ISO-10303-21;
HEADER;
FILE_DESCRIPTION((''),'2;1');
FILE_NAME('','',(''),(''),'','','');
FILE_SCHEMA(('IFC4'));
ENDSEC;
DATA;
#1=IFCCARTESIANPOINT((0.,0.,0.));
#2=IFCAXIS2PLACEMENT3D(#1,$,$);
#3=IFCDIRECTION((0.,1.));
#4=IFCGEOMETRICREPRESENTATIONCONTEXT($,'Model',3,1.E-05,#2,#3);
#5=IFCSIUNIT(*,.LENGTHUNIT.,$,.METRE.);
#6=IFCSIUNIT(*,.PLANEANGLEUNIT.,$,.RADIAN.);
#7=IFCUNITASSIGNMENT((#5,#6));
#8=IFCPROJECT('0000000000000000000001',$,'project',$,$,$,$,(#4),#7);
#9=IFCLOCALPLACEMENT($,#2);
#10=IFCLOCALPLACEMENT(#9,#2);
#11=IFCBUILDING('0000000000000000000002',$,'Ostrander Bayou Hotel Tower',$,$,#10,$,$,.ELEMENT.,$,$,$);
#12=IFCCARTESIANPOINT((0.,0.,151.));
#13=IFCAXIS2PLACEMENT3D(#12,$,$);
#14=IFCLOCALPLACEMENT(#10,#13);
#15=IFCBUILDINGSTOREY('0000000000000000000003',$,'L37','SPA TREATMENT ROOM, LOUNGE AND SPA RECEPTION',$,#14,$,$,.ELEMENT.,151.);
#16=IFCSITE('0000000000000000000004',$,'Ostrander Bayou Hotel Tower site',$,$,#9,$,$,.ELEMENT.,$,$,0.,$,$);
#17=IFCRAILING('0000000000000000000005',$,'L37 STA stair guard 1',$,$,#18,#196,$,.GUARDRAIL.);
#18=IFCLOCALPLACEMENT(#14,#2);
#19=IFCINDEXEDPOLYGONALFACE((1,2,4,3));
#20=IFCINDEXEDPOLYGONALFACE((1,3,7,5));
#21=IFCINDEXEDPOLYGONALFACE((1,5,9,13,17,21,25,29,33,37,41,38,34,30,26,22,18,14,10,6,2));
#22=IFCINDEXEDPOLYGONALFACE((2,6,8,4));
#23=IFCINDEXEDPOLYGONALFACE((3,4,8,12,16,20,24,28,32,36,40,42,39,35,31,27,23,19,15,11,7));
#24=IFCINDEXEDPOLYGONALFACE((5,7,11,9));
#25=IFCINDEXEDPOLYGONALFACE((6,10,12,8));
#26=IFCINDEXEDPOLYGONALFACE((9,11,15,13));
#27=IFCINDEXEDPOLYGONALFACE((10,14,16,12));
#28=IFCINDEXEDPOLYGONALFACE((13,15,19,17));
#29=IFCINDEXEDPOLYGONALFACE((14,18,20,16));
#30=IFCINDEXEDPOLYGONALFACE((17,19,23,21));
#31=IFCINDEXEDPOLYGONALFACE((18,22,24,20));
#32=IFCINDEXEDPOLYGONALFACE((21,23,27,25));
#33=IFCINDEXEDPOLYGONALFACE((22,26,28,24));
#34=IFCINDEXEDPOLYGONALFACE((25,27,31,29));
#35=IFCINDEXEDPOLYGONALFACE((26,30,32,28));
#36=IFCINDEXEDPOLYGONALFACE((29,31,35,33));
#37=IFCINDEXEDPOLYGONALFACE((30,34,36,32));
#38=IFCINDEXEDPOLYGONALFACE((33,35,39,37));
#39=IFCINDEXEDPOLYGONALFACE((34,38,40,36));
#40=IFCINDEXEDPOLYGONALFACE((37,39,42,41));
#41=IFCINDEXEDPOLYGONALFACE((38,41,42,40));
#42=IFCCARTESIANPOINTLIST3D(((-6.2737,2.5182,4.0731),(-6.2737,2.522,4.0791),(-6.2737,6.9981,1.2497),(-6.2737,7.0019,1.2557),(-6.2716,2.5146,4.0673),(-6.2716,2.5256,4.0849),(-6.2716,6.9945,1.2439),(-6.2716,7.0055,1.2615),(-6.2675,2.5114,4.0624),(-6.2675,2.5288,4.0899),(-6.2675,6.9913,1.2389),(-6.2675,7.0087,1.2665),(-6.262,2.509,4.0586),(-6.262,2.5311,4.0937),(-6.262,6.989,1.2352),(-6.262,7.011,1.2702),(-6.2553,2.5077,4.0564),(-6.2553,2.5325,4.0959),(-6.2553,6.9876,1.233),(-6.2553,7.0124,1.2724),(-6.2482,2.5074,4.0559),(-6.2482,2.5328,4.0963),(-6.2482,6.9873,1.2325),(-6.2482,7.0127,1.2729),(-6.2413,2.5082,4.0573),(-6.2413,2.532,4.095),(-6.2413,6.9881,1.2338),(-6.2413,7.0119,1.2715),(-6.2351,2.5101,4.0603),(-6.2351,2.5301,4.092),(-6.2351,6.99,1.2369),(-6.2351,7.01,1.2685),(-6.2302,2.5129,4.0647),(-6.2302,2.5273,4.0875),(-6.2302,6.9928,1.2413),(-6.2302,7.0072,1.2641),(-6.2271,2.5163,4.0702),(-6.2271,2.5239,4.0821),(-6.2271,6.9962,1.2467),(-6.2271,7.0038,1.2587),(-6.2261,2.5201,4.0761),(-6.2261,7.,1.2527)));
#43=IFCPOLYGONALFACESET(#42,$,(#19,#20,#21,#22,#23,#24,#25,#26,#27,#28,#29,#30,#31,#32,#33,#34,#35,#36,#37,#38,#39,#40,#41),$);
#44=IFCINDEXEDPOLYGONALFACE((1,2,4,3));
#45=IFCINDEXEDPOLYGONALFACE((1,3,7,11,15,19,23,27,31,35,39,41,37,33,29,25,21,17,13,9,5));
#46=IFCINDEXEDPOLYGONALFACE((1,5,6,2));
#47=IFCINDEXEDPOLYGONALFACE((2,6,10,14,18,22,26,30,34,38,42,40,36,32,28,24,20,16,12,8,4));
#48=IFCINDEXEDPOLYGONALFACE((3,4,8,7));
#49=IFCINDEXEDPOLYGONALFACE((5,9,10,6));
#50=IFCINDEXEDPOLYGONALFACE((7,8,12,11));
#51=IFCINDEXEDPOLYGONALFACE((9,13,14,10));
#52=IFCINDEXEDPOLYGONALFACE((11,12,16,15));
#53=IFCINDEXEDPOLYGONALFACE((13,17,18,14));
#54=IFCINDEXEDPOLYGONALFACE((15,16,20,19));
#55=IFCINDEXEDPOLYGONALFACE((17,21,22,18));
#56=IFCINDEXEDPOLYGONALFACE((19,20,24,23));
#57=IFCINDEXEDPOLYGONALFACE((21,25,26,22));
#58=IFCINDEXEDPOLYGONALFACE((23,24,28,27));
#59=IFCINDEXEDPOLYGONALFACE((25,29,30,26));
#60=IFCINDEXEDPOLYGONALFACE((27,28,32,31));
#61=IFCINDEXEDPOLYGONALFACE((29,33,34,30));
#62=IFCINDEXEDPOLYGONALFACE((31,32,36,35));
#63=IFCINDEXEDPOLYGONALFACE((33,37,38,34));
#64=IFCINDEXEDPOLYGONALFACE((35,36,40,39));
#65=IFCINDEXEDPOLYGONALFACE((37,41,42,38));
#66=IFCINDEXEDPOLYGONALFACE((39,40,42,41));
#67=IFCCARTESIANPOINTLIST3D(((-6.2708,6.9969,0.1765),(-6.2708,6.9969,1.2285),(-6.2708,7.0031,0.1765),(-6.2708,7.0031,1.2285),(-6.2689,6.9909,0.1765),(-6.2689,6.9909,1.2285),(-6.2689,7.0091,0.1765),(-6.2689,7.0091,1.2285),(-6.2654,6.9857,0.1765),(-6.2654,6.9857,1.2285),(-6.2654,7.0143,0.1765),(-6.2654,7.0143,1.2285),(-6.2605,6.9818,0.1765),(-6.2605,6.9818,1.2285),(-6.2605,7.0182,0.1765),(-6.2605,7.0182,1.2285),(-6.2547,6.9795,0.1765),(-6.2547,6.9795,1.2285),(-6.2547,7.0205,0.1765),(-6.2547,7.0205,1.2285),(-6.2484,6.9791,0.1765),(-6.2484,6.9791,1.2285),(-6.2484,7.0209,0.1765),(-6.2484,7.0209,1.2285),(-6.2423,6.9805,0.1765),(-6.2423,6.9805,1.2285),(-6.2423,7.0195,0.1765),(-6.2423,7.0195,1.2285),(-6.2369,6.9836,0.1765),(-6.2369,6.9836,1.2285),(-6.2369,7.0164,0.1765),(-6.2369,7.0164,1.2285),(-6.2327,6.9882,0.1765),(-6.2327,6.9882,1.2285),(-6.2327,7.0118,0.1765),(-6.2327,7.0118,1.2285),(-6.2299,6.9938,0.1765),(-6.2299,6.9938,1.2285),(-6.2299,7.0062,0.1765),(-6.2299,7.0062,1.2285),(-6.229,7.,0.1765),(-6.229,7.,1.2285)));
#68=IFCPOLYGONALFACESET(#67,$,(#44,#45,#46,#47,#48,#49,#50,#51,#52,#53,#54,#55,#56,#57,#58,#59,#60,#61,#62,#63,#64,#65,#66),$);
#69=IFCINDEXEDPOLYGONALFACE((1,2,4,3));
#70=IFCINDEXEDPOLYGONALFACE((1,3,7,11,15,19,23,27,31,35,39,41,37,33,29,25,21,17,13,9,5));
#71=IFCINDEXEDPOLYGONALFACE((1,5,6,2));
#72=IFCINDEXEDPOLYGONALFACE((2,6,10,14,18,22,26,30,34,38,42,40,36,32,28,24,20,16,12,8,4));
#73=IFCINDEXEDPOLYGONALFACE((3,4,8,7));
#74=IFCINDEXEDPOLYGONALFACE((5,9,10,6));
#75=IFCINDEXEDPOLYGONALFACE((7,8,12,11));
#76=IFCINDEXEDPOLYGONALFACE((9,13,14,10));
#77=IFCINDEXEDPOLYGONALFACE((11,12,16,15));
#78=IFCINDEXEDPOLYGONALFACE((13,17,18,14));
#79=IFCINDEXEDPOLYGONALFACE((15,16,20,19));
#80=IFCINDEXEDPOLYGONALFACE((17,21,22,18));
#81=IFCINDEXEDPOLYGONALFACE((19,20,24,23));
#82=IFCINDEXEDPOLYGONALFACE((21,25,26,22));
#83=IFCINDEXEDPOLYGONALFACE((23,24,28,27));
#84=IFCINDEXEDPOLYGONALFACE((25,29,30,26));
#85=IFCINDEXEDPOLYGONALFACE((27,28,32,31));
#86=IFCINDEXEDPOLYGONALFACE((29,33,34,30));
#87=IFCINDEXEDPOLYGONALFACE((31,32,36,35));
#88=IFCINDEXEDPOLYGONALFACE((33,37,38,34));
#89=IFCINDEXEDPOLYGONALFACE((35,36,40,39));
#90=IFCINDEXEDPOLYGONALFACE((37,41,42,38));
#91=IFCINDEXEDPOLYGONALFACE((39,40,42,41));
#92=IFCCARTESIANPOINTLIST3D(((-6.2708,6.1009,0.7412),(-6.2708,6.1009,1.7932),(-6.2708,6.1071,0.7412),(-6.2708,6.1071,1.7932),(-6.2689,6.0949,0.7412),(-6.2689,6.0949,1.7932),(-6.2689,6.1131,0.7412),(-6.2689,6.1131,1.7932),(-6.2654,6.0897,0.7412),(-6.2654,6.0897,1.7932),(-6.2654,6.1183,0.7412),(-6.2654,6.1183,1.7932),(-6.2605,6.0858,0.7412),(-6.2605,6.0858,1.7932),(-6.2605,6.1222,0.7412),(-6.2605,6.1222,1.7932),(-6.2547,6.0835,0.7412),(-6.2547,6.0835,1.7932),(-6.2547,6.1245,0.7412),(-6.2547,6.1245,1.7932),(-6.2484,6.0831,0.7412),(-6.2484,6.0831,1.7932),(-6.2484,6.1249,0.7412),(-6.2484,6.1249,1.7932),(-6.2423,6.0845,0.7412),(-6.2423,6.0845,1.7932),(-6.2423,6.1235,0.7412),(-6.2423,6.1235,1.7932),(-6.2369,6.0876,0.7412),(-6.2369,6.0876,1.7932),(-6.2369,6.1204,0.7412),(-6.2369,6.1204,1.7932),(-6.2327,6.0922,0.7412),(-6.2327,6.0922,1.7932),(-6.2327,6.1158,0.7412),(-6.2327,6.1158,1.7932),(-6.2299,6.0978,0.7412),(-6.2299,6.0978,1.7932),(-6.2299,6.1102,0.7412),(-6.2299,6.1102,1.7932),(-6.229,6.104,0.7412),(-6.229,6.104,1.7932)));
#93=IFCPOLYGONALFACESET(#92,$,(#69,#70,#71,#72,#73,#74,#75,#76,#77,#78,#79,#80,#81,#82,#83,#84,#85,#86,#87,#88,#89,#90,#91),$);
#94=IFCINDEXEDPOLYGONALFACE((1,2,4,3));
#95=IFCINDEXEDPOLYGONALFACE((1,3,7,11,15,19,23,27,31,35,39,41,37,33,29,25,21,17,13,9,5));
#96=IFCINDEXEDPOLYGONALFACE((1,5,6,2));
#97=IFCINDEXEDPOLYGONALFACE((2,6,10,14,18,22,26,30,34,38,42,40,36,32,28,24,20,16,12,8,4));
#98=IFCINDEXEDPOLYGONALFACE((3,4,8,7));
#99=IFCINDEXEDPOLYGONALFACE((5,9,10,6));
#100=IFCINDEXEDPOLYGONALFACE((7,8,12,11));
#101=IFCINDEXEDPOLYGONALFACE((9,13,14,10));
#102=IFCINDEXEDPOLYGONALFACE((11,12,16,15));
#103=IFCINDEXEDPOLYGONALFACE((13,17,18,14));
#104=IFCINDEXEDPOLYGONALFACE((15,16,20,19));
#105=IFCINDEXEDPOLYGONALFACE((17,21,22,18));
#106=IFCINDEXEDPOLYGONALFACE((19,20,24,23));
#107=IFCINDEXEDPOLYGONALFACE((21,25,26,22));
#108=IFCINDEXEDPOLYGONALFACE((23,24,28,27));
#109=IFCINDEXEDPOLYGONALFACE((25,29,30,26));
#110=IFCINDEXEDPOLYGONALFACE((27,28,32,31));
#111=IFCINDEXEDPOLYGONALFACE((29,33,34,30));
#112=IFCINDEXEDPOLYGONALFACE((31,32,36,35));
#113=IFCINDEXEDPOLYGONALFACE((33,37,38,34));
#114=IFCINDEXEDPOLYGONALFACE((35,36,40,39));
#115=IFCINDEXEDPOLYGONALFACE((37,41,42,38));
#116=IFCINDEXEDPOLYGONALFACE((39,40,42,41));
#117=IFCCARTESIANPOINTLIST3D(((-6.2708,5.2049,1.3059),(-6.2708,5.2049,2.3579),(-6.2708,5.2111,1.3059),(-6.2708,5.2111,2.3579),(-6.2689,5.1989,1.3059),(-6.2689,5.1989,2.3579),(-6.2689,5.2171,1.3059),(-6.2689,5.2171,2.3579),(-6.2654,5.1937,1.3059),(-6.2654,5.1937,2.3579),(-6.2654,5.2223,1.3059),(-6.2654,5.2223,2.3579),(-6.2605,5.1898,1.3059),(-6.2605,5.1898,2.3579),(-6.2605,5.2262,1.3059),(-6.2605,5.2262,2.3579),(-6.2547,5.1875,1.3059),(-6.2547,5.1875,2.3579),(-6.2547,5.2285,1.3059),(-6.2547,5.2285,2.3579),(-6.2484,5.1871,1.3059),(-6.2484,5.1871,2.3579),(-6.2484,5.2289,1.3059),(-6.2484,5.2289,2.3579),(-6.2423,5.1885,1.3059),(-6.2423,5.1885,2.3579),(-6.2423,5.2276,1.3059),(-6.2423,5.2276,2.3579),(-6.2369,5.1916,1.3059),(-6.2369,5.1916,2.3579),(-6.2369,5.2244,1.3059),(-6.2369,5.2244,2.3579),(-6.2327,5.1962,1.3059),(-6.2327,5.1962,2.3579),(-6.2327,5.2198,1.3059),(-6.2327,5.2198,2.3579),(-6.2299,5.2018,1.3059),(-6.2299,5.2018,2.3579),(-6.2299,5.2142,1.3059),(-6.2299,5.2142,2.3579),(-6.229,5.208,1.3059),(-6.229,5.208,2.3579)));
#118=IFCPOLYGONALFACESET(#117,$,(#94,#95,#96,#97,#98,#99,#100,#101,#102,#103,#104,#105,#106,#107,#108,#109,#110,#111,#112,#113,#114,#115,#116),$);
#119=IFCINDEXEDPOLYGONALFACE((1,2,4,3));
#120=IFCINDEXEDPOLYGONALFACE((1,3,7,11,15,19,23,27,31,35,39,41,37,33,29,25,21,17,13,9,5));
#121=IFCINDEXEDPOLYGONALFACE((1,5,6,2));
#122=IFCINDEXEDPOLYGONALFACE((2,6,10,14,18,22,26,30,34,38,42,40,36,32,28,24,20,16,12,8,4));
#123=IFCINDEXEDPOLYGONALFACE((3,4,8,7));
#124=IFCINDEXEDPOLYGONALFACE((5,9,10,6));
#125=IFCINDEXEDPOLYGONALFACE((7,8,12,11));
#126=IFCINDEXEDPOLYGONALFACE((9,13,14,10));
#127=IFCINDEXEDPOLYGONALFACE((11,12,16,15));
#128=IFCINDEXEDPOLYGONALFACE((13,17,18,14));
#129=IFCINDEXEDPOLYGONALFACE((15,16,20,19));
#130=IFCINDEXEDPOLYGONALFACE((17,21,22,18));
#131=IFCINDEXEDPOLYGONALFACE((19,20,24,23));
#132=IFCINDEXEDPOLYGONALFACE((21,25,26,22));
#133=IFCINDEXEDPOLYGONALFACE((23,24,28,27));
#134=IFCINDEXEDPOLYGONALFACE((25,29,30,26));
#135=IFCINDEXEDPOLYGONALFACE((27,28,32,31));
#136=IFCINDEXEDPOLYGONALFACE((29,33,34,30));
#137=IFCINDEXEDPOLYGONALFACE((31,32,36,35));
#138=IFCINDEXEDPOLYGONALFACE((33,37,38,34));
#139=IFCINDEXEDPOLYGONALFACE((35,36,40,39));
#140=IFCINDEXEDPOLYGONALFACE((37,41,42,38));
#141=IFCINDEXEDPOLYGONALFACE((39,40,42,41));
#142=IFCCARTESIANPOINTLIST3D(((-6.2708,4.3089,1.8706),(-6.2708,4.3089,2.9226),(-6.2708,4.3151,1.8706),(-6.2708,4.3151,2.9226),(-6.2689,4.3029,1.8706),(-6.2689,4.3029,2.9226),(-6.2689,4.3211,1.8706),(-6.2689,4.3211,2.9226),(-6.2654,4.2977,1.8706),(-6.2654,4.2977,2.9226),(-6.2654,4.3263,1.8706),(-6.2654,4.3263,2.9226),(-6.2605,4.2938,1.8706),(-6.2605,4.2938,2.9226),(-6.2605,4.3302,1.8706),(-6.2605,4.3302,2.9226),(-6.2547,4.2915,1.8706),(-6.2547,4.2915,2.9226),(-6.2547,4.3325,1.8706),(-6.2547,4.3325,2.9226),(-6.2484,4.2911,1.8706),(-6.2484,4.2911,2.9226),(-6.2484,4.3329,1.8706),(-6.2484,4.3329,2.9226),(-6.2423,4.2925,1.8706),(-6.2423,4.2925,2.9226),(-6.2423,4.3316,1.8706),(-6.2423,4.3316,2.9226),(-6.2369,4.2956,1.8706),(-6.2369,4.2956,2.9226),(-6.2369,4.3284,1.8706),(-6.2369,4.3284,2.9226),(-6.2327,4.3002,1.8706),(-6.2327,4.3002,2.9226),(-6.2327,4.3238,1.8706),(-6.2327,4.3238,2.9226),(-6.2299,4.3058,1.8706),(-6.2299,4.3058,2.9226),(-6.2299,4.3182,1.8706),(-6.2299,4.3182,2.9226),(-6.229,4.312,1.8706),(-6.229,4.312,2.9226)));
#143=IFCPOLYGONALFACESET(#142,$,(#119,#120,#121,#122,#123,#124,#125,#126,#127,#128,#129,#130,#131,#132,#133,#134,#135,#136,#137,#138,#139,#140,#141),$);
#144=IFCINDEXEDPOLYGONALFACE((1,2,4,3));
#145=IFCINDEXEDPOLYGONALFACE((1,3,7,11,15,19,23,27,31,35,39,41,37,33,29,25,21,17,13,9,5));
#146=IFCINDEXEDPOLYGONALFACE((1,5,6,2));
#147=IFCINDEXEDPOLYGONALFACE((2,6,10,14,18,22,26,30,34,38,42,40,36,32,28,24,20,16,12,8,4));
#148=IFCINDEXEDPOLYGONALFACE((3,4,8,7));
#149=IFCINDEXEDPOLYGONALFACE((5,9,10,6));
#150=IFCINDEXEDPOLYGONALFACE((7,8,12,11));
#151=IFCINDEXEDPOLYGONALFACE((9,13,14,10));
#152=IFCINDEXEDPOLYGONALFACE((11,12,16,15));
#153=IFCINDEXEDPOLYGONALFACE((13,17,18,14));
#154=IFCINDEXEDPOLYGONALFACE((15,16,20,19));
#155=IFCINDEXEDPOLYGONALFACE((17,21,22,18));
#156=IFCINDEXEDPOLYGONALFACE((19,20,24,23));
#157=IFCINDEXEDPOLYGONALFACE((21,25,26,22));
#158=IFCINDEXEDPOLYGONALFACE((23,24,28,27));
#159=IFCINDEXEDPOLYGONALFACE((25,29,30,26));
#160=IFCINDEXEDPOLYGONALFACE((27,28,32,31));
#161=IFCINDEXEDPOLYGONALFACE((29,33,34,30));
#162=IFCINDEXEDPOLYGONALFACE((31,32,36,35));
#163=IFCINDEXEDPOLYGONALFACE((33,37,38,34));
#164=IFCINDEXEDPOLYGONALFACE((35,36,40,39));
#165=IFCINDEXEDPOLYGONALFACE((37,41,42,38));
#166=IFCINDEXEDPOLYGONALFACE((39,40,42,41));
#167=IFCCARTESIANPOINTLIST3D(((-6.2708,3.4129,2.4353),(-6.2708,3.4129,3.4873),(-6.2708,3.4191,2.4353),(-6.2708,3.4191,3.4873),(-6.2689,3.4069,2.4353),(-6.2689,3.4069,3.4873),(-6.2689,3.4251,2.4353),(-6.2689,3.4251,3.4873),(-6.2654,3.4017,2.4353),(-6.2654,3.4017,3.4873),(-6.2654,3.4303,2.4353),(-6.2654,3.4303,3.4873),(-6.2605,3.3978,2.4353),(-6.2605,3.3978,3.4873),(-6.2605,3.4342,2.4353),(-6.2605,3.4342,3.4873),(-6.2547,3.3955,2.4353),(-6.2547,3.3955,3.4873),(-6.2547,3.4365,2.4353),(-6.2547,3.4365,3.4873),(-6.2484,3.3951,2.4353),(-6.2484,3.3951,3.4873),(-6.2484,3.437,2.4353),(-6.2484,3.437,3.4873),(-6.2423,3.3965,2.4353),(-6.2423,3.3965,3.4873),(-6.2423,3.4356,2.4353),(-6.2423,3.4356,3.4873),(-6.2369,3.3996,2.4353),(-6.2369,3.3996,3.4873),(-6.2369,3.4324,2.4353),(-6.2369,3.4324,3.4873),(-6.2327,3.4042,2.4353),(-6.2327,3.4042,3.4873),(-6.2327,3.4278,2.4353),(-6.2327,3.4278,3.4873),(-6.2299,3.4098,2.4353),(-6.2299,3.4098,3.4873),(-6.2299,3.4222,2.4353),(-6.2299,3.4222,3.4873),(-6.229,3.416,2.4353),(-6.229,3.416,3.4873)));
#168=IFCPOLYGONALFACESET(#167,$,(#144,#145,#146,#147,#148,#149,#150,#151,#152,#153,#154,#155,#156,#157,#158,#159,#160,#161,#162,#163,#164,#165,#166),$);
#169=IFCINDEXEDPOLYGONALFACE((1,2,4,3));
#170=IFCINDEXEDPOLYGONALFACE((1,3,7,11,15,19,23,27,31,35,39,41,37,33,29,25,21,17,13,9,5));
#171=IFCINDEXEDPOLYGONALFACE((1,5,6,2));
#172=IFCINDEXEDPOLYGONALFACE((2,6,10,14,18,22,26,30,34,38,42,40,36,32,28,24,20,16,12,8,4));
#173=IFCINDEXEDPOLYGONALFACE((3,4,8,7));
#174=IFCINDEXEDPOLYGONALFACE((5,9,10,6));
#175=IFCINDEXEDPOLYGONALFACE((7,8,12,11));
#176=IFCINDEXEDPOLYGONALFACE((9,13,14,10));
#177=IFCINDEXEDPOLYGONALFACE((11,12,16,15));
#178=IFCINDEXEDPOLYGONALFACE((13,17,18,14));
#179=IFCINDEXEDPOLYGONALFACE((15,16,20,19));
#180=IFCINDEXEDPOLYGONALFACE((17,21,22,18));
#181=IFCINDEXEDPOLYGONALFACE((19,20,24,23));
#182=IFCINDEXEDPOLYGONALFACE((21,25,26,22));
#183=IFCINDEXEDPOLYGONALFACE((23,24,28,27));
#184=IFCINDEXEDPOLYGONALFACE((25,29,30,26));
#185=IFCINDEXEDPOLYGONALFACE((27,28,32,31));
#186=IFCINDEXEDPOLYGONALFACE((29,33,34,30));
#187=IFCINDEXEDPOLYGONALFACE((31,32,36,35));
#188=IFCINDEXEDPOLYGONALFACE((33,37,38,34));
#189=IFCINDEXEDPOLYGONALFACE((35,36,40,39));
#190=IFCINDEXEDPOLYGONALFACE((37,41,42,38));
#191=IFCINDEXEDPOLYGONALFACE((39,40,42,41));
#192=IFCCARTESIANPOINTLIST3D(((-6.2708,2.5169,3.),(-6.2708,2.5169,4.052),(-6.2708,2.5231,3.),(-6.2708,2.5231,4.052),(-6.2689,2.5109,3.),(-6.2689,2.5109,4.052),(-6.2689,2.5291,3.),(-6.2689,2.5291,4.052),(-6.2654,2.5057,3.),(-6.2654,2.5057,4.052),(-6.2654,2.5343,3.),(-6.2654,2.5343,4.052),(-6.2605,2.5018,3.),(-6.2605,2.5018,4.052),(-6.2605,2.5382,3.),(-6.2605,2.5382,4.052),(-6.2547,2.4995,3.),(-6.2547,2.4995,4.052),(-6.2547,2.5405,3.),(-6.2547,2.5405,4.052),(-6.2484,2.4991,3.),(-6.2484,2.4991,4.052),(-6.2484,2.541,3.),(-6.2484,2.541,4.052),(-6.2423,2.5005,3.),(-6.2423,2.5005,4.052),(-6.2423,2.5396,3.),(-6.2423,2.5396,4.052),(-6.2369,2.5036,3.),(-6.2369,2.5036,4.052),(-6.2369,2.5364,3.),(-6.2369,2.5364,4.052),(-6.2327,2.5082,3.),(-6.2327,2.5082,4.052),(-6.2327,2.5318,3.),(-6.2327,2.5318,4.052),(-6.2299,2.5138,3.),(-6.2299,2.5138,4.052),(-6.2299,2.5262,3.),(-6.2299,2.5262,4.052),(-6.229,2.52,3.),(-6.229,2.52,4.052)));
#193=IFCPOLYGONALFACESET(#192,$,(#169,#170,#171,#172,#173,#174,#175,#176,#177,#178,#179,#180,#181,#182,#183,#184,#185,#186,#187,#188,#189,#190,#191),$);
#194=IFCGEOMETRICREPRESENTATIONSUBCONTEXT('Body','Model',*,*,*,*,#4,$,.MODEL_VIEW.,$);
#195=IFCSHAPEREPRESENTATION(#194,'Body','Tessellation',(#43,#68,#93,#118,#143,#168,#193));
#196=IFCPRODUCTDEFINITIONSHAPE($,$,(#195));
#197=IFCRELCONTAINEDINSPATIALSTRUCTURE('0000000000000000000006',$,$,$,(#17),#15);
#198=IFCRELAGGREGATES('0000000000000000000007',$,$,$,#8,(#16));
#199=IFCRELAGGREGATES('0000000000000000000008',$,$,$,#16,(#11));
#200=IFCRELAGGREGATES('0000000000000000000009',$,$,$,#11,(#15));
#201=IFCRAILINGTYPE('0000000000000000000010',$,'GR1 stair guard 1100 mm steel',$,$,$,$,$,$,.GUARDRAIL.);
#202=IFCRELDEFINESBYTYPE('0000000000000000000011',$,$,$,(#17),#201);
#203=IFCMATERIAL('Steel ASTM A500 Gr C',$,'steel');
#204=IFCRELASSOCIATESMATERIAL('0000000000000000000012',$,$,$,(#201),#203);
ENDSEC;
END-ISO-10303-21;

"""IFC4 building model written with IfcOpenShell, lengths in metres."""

from ifc_helpers import new_model, si_unit, direction, frame, origin, origin_2d, place, context, subcontext, project, spatial, circle, extrude, material, type_object, element, save


model = new_model("IFC4")

# Units and contexts
model_context = context("Model", 3, precision=1e-05, world=origin(), true_north=direction((0.0, 1.0)))
body_context = subcontext(model_context, "Body", "Model", "MODEL_VIEW")
ifc_project = project(units=[si_unit("LENGTHUNIT", "METRE"), si_unit("PLANEANGLEUNIT", "RADIAN")], contexts=[model_context])

# Site, building, storey
site_placement = place(None, origin())
site = spatial("IfcSite", under=ifc_project, at=site_placement, Name="Ostrander Bayou Hotel Tower site", CompositionType="ELEMENT", RefElevation=0.0)
building_placement = place(site_placement, origin())
building = spatial("IfcBuilding", under=site, at=building_placement, Name="Ostrander Bayou Hotel Tower", CompositionType="ELEMENT")
storey_placement = place(building_placement, frame((0.0, 0.0, 151.0)))
storey = spatial("IfcBuildingStorey", under=building, at=storey_placement, Name="L37", Description="SPA TREATMENT ROOM, LOUNGE AND SPA RECEPTION", CompositionType="ELEMENT", Elevation=151.0)

# Railing
ifc_material_1 = material(Name="Steel ASTM A500 Gr C", Category="steel")
railing_type = type_object("IfcRailingType", Name="GR1 stair guard 1100 mm steel", PredefinedType="GUARDRAIL", material=ifc_material_1)
railing_1_placement = place(storey_placement, frame((-6.25, 7.0, 0.1765)))
element("IfcRailing", 1, at=railing_1_placement, inside=storey, type_object=railing_type, Name="L37 STA stair guard 1", PredefinedType="GUARDRAIL", context=body_context, shape_type="SweptSolid", body=[
    extrude(circle(Radius=0.0239, at=origin_2d()), frame((0.0, 0.0, 1.0762), z_axis=(0.0, -0.845998, 0.533186), x_axis=(1.0, 0.0, 0.0)), (0.0, 0.0, 1.0), 5.2954),
    extrude(circle(Radius=0.021, at=origin_2d()), origin(), (0.0, 0.0, 1.0), 1.052),
    extrude(circle(Radius=0.021, at=origin_2d()), frame((0.0, -0.896, 0.5647)), (0.0, 0.0, 1.0), 1.052),
    extrude(circle(Radius=0.021, at=origin_2d()), frame((0.0, -1.792, 1.1294)), (0.0, 0.0, 1.0), 1.052),
    extrude(circle(Radius=0.021, at=origin_2d()), frame((0.0, -2.688, 1.6941)), (0.0, 0.0, 1.0), 1.052),
    extrude(circle(Radius=0.021, at=origin_2d()), frame((0.0, -3.584, 2.2588)), (0.0, 0.0, 1.0), 1.052),
    extrude(circle(Radius=0.021, at=origin_2d()), frame((0.0, -4.48, 2.8235)), (0.0, 0.0, 1.0), 1.052),
])

save(model, "model.ifc")
